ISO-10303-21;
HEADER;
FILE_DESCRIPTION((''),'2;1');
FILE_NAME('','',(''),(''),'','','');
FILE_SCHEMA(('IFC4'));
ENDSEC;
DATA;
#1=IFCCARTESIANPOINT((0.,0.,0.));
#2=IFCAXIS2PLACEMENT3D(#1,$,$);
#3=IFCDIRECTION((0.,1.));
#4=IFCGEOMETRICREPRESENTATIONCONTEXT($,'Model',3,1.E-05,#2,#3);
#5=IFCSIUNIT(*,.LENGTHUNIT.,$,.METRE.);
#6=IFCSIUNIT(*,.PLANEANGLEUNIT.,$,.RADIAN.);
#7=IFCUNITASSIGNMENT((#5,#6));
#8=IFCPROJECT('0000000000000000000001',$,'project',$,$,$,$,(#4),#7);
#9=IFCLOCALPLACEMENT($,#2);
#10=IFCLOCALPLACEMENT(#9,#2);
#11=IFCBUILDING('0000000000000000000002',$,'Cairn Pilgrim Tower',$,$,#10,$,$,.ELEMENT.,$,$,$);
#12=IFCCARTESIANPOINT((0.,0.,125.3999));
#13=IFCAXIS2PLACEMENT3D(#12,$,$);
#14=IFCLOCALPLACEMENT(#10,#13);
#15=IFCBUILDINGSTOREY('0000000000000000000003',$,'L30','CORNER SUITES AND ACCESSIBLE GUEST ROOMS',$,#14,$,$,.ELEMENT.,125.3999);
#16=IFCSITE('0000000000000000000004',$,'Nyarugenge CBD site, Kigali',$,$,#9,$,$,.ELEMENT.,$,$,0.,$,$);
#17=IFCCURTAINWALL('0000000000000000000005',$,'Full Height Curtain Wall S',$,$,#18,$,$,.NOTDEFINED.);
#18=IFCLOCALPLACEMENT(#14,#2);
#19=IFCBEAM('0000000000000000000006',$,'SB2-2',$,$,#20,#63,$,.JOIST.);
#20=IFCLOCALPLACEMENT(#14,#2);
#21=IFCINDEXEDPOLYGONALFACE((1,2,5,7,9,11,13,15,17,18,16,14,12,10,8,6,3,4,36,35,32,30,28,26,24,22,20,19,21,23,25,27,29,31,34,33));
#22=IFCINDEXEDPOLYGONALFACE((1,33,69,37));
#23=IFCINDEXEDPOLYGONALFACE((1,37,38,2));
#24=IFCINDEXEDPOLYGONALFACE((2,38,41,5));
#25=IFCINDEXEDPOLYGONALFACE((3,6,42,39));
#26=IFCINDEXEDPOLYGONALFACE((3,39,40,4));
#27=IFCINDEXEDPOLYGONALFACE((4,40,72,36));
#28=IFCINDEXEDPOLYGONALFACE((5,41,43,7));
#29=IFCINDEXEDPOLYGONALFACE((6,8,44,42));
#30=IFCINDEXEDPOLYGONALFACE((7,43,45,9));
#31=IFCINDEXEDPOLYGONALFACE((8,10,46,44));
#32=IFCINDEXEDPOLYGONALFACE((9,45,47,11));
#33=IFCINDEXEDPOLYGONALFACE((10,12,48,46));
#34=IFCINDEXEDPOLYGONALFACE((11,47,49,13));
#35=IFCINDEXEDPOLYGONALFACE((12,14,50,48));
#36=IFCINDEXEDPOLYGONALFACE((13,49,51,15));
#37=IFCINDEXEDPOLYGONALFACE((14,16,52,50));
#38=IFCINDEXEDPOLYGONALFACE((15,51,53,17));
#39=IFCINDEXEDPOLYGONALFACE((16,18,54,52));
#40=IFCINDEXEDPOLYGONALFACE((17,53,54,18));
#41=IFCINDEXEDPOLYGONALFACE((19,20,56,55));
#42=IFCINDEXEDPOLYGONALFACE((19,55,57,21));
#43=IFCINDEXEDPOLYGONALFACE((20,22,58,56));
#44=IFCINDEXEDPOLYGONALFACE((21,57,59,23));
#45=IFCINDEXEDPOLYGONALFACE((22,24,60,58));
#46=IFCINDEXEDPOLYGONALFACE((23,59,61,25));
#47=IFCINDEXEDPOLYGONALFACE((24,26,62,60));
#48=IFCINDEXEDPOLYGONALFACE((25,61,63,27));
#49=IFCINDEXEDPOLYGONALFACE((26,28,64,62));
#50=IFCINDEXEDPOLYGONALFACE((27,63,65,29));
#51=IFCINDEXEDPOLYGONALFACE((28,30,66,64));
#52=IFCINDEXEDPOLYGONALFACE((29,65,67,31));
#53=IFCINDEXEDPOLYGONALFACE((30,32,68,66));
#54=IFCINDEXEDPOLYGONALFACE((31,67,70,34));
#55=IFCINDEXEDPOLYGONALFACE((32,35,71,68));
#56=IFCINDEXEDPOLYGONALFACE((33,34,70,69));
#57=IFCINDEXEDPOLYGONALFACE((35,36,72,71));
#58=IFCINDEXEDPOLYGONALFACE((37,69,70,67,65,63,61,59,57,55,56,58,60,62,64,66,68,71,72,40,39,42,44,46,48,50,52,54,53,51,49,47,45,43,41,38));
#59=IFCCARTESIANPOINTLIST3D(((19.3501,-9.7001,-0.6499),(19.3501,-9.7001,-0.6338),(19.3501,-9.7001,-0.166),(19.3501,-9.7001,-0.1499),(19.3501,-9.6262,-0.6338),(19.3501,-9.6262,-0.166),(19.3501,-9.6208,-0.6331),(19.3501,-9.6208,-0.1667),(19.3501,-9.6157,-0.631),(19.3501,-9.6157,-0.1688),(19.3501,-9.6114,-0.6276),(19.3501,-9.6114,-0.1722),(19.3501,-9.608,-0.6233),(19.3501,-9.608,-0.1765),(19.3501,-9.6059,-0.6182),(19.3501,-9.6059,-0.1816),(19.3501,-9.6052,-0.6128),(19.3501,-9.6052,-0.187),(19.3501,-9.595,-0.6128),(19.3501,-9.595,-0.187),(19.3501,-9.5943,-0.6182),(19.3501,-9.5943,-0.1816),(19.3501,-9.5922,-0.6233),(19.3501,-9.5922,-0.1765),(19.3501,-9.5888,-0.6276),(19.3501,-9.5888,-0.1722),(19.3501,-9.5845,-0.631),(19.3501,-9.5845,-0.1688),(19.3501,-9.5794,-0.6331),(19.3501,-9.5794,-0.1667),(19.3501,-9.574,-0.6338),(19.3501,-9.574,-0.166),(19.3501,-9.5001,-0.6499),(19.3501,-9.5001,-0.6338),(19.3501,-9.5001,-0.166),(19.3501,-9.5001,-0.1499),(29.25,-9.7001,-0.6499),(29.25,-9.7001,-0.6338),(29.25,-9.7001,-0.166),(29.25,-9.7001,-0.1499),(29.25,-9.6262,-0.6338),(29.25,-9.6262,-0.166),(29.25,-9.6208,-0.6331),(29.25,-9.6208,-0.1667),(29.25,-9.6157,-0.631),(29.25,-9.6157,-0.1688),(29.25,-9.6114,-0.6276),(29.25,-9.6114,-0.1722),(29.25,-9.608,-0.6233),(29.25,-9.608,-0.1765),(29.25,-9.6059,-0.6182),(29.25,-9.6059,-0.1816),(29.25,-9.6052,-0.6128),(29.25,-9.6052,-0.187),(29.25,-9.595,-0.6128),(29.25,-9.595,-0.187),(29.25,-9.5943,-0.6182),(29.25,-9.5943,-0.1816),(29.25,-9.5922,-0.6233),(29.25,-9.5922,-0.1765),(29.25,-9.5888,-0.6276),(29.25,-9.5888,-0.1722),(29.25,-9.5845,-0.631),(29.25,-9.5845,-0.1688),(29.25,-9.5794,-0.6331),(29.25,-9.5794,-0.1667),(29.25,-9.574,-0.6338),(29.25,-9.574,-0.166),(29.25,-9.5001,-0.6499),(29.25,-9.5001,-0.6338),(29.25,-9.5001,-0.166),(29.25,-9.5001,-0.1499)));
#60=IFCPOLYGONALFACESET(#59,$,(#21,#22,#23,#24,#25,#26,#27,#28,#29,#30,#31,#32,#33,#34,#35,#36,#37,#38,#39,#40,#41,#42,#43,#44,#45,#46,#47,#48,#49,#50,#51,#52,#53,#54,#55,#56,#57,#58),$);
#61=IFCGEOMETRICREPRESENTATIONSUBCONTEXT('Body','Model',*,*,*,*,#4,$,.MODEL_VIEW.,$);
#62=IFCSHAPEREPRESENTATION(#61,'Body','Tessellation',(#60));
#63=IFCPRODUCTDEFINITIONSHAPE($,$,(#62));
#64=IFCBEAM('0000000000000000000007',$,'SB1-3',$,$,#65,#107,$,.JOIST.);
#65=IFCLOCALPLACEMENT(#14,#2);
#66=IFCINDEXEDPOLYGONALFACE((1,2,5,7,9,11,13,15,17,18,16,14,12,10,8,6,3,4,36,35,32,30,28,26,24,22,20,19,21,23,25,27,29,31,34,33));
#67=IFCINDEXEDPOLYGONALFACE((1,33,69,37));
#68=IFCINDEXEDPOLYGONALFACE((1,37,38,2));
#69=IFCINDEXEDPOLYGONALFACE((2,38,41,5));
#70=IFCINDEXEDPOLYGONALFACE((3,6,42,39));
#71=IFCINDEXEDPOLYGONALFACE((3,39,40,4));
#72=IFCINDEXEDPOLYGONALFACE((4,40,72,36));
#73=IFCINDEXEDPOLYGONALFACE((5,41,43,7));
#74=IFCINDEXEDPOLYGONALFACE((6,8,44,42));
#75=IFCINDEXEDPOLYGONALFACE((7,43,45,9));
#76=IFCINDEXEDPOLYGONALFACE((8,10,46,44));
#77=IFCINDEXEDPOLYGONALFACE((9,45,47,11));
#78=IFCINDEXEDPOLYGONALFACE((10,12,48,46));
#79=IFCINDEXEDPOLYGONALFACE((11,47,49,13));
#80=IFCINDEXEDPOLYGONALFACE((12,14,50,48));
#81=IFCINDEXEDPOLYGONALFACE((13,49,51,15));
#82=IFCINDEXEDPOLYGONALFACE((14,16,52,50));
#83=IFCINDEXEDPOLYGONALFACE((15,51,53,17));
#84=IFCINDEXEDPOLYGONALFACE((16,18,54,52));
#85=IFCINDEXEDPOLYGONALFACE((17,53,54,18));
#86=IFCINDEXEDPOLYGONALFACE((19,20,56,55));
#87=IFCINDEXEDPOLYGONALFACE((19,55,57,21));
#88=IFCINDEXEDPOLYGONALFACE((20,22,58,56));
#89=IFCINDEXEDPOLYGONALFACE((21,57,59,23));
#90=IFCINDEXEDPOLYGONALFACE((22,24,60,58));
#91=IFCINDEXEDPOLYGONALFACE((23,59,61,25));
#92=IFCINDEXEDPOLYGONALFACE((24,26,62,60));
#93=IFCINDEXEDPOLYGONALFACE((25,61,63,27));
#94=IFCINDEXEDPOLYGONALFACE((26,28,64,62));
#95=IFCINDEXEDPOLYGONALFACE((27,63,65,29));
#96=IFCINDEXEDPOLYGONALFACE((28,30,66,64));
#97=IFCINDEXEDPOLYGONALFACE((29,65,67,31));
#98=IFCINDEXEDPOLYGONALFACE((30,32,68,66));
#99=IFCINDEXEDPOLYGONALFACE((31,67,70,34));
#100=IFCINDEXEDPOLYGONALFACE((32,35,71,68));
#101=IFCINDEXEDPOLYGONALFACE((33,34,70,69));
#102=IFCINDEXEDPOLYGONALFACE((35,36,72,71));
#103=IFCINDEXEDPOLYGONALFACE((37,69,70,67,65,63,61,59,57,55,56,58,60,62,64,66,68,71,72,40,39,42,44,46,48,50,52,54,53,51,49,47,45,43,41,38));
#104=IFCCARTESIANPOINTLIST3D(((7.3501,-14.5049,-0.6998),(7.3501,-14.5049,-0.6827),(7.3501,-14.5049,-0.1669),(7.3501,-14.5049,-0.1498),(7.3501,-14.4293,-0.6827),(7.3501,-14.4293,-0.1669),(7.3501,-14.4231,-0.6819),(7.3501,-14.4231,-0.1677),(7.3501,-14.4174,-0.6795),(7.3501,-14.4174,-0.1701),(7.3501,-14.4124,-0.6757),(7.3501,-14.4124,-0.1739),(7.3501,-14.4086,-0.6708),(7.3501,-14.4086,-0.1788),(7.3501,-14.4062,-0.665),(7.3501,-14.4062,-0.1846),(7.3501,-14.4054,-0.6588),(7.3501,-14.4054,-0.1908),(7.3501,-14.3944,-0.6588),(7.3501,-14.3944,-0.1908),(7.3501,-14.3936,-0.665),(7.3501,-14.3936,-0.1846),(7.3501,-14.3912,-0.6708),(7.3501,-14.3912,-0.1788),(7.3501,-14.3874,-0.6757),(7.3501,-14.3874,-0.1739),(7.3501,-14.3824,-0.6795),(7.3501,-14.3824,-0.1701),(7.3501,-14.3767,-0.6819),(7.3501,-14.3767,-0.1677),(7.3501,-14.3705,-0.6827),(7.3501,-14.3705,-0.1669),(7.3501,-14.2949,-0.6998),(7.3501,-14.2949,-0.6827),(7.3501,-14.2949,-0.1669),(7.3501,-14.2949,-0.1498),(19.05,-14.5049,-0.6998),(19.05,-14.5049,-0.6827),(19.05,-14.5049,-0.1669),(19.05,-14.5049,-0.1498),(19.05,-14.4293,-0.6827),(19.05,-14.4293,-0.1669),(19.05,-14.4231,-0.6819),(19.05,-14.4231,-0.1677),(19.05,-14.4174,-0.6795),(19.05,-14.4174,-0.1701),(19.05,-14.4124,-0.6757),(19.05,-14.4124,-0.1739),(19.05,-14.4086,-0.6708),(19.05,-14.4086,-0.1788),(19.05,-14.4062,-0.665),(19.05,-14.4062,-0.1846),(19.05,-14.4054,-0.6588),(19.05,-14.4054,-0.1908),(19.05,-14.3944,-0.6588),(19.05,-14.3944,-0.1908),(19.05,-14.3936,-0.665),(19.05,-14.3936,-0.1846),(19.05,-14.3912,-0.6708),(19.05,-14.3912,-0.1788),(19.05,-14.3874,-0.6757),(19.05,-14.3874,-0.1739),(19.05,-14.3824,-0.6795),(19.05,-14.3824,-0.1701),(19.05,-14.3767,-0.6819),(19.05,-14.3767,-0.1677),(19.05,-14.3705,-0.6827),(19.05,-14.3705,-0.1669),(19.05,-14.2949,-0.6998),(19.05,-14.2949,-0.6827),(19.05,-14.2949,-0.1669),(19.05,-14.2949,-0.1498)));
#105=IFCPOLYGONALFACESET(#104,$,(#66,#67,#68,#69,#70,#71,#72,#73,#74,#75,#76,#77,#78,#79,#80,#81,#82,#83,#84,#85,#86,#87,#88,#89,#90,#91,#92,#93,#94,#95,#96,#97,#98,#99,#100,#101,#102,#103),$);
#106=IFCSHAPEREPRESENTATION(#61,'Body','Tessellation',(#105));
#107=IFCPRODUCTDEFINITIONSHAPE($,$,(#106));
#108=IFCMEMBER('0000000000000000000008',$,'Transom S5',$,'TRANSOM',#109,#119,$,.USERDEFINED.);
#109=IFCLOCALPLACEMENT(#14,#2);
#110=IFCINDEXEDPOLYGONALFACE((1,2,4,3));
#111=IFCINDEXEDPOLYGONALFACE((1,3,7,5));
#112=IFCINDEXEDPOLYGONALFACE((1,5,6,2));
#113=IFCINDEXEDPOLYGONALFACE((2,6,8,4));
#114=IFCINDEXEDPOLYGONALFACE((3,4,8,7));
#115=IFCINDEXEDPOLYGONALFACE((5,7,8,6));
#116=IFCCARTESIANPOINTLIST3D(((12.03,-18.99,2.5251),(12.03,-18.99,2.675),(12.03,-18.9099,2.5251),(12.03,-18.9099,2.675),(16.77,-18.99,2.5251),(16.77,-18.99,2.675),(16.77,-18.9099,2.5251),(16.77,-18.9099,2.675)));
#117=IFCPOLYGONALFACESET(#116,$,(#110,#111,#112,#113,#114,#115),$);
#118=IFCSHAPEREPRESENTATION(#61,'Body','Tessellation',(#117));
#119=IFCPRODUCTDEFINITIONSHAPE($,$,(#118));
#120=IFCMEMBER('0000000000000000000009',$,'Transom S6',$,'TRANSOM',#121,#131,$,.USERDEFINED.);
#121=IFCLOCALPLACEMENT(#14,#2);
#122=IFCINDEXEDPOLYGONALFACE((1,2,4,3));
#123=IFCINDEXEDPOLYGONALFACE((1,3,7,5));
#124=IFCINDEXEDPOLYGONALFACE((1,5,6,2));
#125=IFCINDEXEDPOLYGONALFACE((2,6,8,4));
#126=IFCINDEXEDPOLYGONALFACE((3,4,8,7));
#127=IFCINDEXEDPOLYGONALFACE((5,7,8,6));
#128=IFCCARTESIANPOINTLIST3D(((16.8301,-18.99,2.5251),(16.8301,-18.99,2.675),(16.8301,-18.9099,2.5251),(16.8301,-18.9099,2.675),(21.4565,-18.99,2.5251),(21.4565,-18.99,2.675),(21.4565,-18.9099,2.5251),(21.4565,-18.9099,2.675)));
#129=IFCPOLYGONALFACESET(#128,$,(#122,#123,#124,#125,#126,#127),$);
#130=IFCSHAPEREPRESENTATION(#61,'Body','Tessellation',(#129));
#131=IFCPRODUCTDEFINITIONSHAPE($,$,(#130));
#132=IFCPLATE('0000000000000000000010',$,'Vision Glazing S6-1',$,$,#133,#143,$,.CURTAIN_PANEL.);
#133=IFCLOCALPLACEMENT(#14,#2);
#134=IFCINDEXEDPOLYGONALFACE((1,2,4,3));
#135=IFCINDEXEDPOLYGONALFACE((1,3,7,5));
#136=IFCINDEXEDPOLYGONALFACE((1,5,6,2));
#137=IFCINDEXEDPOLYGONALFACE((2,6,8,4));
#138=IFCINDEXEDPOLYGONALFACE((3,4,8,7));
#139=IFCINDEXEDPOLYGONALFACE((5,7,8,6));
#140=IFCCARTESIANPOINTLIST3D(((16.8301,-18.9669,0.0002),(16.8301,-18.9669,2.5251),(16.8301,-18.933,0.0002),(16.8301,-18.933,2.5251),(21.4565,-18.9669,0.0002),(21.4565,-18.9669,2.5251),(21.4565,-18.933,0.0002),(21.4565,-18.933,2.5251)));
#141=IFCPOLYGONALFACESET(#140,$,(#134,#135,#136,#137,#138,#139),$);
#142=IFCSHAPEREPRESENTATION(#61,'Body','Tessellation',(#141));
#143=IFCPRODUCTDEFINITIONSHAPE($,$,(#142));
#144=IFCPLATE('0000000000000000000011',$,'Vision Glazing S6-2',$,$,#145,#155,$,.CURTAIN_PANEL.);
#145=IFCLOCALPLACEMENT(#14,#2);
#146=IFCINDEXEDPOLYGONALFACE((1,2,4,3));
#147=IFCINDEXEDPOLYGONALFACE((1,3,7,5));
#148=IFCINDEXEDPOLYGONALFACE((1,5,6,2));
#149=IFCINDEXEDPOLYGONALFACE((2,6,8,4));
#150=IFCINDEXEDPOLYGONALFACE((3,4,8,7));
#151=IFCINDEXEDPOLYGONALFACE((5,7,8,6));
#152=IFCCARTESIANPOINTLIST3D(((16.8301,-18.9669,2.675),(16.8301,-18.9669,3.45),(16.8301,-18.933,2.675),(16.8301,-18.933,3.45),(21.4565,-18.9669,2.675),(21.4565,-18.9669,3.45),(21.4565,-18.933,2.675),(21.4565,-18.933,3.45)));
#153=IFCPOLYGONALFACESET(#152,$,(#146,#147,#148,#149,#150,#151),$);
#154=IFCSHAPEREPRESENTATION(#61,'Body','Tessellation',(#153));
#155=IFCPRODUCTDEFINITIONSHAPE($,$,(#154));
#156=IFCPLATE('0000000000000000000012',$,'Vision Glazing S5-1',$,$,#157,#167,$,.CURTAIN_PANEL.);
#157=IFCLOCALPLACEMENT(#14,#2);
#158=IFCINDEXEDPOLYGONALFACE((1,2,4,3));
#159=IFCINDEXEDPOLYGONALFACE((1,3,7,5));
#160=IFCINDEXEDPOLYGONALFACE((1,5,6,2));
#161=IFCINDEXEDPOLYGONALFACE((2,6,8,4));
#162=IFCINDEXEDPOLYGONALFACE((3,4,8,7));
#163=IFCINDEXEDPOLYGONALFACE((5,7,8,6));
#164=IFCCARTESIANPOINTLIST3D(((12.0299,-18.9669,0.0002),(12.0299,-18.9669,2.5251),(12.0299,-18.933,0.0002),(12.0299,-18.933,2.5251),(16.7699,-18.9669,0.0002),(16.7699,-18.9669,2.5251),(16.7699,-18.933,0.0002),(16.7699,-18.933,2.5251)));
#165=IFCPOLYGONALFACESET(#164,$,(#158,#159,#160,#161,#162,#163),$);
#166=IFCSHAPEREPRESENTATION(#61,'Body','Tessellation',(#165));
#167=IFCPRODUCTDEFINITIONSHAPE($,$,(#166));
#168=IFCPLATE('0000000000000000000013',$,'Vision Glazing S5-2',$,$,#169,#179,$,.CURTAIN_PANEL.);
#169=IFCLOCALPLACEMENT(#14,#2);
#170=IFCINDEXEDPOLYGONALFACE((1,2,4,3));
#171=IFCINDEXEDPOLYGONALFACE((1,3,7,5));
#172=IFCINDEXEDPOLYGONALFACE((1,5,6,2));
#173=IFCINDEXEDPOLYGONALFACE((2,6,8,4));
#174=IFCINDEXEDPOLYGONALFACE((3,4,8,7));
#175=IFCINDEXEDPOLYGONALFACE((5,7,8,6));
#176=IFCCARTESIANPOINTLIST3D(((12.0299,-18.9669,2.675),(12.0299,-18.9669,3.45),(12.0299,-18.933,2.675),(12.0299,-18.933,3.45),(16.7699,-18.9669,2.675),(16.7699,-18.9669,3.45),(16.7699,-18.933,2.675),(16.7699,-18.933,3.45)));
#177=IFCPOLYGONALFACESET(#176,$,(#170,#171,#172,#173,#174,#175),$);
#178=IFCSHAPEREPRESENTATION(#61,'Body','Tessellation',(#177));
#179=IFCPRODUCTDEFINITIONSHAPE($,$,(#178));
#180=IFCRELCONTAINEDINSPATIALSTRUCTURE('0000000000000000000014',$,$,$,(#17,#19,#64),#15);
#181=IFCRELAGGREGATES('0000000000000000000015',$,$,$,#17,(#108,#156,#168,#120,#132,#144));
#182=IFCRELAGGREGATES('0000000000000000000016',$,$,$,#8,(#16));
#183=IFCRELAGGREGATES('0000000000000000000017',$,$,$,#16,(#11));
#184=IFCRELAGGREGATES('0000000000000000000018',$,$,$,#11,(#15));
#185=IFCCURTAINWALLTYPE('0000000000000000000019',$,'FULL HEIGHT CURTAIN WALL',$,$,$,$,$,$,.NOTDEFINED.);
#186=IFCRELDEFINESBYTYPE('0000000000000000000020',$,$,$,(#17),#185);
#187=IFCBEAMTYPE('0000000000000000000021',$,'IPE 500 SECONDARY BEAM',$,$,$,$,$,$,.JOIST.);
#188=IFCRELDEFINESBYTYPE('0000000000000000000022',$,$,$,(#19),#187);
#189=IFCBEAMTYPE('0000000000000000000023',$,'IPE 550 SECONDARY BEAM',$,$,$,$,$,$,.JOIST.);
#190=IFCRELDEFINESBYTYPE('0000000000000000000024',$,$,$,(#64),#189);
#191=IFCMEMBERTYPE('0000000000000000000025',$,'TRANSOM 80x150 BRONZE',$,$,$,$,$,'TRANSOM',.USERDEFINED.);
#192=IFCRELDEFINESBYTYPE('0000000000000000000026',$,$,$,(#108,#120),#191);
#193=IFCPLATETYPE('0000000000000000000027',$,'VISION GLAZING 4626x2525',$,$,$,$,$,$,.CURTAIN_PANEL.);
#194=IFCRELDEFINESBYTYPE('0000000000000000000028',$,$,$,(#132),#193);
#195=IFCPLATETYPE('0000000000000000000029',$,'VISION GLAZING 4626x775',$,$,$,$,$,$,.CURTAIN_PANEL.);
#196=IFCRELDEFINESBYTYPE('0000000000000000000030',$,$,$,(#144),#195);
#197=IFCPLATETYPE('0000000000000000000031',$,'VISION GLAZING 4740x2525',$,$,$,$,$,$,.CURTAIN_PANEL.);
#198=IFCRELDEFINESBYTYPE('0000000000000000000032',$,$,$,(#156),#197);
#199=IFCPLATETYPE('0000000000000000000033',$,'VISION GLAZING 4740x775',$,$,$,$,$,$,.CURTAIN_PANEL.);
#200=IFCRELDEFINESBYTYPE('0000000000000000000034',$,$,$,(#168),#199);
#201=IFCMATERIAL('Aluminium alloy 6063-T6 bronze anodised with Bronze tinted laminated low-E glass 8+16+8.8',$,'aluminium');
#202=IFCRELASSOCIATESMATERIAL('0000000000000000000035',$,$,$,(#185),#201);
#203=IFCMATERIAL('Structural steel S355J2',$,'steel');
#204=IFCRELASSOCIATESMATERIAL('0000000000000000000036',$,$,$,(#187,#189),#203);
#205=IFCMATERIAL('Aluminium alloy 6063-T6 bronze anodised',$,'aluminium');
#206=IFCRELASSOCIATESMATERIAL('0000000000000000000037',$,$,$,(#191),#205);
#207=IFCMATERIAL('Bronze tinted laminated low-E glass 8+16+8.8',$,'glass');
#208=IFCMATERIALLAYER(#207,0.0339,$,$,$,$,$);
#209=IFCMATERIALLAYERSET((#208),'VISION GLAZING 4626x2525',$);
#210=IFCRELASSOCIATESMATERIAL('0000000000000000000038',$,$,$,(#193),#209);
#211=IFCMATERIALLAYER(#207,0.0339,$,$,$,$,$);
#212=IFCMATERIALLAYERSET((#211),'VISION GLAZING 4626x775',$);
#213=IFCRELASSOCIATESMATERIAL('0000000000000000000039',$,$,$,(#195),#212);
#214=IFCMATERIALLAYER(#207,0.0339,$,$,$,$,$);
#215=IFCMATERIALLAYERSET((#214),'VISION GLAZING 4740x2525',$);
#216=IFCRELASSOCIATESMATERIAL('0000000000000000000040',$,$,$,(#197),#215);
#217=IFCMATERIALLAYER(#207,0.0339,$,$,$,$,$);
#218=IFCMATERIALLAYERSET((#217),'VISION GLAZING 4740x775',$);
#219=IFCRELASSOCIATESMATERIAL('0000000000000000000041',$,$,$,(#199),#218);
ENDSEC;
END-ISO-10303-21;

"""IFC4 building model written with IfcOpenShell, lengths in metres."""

from ifc_helpers import new_model, si_unit, direction, frame, origin, origin_2d, place, context, subcontext, project, spatial, rectangle, i_section, extrude, material, layer, layer_set, material_profile, profile_set, type_object, element, aggregate, save


model = new_model("IFC4")

# Units and contexts
model_context = context("Model", 3, precision=1e-05, world=origin(), true_north=direction((0.0, 1.0)))
body_context = subcontext(model_context, "Body", "Model", "MODEL_VIEW")
ifc_project = project(units=[si_unit("LENGTHUNIT", "METRE"), si_unit("PLANEANGLEUNIT", "RADIAN")], contexts=[model_context])

# Site, building, storey
site_placement = place(None, origin())
site = spatial("IfcSite", under=ifc_project, at=site_placement, Name="Nyarugenge CBD site, Kigali", CompositionType="ELEMENT", RefElevation=0.0)
building_placement = place(site_placement, origin())
building = spatial("IfcBuilding", under=site, at=building_placement, Name="Cairn Pilgrim Tower", CompositionType="ELEMENT")
storey_placement = place(building_placement, frame((0.0, 0.0, 125.3999)))
storey = spatial("IfcBuildingStorey", under=building, at=storey_placement, Name="L30", Description="CORNER SUITES AND ACCESSIBLE GUEST ROOMS", CompositionType="ELEMENT", Elevation=125.3999)

# Curtain wall
ifc_material_1 = material(Name="Aluminium alloy 6063-T6 bronze anodised with Bronze tinted laminated low-E glass 8+16+8.8", Category="aluminium")
curtain_wall_type = type_object("IfcCurtainWallType", Name="FULL HEIGHT CURTAIN WALL", PredefinedType="NOTDEFINED", material=ifc_material_1)
curtain_wall_placement = place(storey_placement, origin())
curtain_wall = element("IfcCurtainWall", 1, at=curtain_wall_placement, inside=storey, type_object=curtain_wall_type, Name="Full Height Curtain Wall S", PredefinedType="NOTDEFINED")
ifc_material_2 = material(Name="Aluminium alloy 6063-T6 bronze anodised", Category="aluminium")

# Beams
ifc_material_3 = material(Name="Structural steel S355J2", Category="steel")
ifc_material_profile_1 = material_profile(ifc_material_3, i_section(OverallWidth=0.2, OverallDepth=0.5, WebThickness=0.0103, FlangeThickness=0.0161, FilletRadius=0.021, at=origin_2d()), Name="IPE 500")
ifc_profile_set_1 = profile_set([ifc_material_profile_1], Name="Structural steel S355J2")
beam_type_1 = type_object("IfcBeamType", Name="IPE 500 SECONDARY BEAM", PredefinedType="JOIST", material=ifc_profile_set_1)
beam_1_placement = place(storey_placement, frame((19.3501, -9.6001, -0.3999), z_axis=(1.0, 0.0, 0.0), x_axis=(0.0, 1.0, 0.0)))
element("IfcBeam", 2, at=beam_1_placement, inside=storey, type_object=beam_type_1, Name="SB2-2", PredefinedType="JOIST", context=body_context, shape_type="SweptSolid", body=[
    extrude(i_section(OverallWidth=0.2, OverallDepth=0.5, WebThickness=0.0103, FlangeThickness=0.0161, FilletRadius=0.021, at=origin_2d()), origin(), (0.0, 0.0, 1.0), 9.8999),
])
ifc_material_profile_2 = material_profile(ifc_material_3, i_section(OverallWidth=0.21, OverallDepth=0.55, WebThickness=0.011, FlangeThickness=0.0171, FilletRadius=0.0239, at=origin_2d()), Name="IPE 550")
ifc_profile_set_2 = profile_set([ifc_material_profile_2], Name="Structural steel S355J2")
beam_type_2 = type_object("IfcBeamType", Name="IPE 550 SECONDARY BEAM", PredefinedType="JOIST", material=ifc_profile_set_2)
beam_2_placement = place(storey_placement, frame((7.3501, -14.3999, -0.4248), z_axis=(1.0, 0.0, 0.0), x_axis=(0.0, 1.0, 0.0)))
element("IfcBeam", 3, at=beam_2_placement, inside=storey, type_object=beam_type_2, Name="SB1-3", PredefinedType="JOIST", context=body_context, shape_type="SweptSolid", body=[
    extrude(i_section(OverallWidth=0.21, OverallDepth=0.55, WebThickness=0.011, FlangeThickness=0.0171, FilletRadius=0.0239, at=origin_2d()), origin(), (0.0, 0.0, 1.0), 11.7),
])

# Members
ifc_material_profile_3 = material_profile(ifc_material_2, rectangle(XDim=0.0801, YDim=0.1499, at=origin_2d()), Name="TRANSOM 80x150 BRONZE")
ifc_profile_set_3 = profile_set([ifc_material_profile_3], Name="Aluminium alloy 6063-T6 bronze anodised")
member_type_1 = type_object("IfcMemberType", Name="TRANSOM 80x150 BRONZE", ElementType="TRANSOM", PredefinedType="USERDEFINED", material=ifc_profile_set_3)
member_1_placement = place(storey_placement, frame((12.03, -18.95, 2.6001), z_axis=(1.0, 0.0, 0.0), x_axis=(0.0, 1.0, 0.0)))
member_1 = element("IfcMember", 4, at=member_1_placement, type_object=member_type_1, Name="Transom S5", ObjectType="TRANSOM", PredefinedType="USERDEFINED", context=body_context, shape_type="SweptSolid", body=[
    extrude(rectangle(XDim=0.0801, YDim=0.1499, at=origin_2d()), origin(), (0.0, 0.0, 1.0), 4.74),
])
member_2_placement = place(storey_placement, frame((16.8301, -18.95, 2.6001), z_axis=(1.0, 0.0, 0.0), x_axis=(0.0, 1.0, 0.0)))
member_2 = element("IfcMember", 5, at=member_2_placement, type_object=member_type_1, Name="Transom S6", ObjectType="TRANSOM", PredefinedType="USERDEFINED", context=body_context, shape_type="SweptSolid", body=[
    extrude(rectangle(XDim=0.0801, YDim=0.1499, at=origin_2d()), origin(), (0.0, 0.0, 1.0), 4.6265),
])

# Plates
ifc_material_4 = material(Name="Bronze tinted laminated low-E glass 8+16+8.8", Category="glass")
ifc_layer_1 = layer(ifc_material_4, 0.0339)
ifc_layer_set_1 = layer_set([ifc_layer_1], Name="VISION GLAZING 4626x2525")
plate_type_1 = type_object("IfcPlateType", Name="VISION GLAZING 4626x2525", PredefinedType="CURTAIN_PANEL", material=ifc_layer_set_1)
plate_1_placement = place(storey_placement, frame((19.1433, -18.95, 0.0002), z_axis=(0.0, 0.0, 1.0), x_axis=(1.0, 0.0, 0.0)))
plate_1 = element("IfcPlate", 6, at=plate_1_placement, type_object=plate_type_1, Name="Vision Glazing S6-1", PredefinedType="CURTAIN_PANEL", context=body_context, shape_type="SweptSolid", body=[
    extrude(rectangle(XDim=4.6265, YDim=0.0339, at=origin_2d()), origin(), (0.0, 0.0, 1.0), 2.5249),
])
ifc_layer_2 = layer(ifc_material_4, 0.0339)
ifc_layer_set_2 = layer_set([ifc_layer_2], Name="VISION GLAZING 4626x775")
plate_type_2 = type_object("IfcPlateType", Name="VISION GLAZING 4626x775", PredefinedType="CURTAIN_PANEL", material=ifc_layer_set_2)
plate_2_placement = place(storey_placement, frame((19.1433, -18.95, 2.675), z_axis=(0.0, 0.0, 1.0), x_axis=(1.0, 0.0, 0.0)))
plate_2 = element("IfcPlate", 7, at=plate_2_placement, type_object=plate_type_2, Name="Vision Glazing S6-2", PredefinedType="CURTAIN_PANEL", context=body_context, shape_type="SweptSolid", body=[
    extrude(rectangle(XDim=4.6265, YDim=0.0339, at=origin_2d()), origin(), (0.0, 0.0, 1.0), 0.7749),
])
ifc_layer_3 = layer(ifc_material_4, 0.0339)
ifc_layer_set_3 = layer_set([ifc_layer_3], Name="VISION GLAZING 4740x2525")
plate_type_3 = type_object("IfcPlateType", Name="VISION GLAZING 4740x2525", PredefinedType="CURTAIN_PANEL", material=ifc_layer_set_3)
plate_3_placement = place(storey_placement, frame((14.3999, -18.95, 0.0002), z_axis=(0.0, 0.0, 1.0), x_axis=(1.0, 0.0, 0.0)))
plate_3 = element("IfcPlate", 8, at=plate_3_placement, type_object=plate_type_3, Name="Vision Glazing S5-1", PredefinedType="CURTAIN_PANEL", context=body_context, shape_type="SweptSolid", body=[
    extrude(rectangle(XDim=4.74, YDim=0.0339, at=origin_2d()), origin(), (0.0, 0.0, 1.0), 2.5249),
])
ifc_layer_4 = layer(ifc_material_4, 0.0339)
ifc_layer_set_4 = layer_set([ifc_layer_4], Name="VISION GLAZING 4740x775")
plate_type_4 = type_object("IfcPlateType", Name="VISION GLAZING 4740x775", PredefinedType="CURTAIN_PANEL", material=ifc_layer_set_4)
plate_4_placement = place(storey_placement, frame((14.3999, -18.95, 2.675), z_axis=(0.0, 0.0, 1.0), x_axis=(1.0, 0.0, 0.0)))
plate_4 = element("IfcPlate", 9, at=plate_4_placement, type_object=plate_type_4, Name="Vision Glazing S5-2", PredefinedType="CURTAIN_PANEL", context=body_context, shape_type="SweptSolid", body=[
    extrude(rectangle(XDim=4.74, YDim=0.0339, at=origin_2d()), origin(), (0.0, 0.0, 1.0), 0.7749),
])
aggregate(curtain_wall, [member_1, plate_3, plate_4, member_2, plate_1, plate_2])

save(model, "model.ifc")
